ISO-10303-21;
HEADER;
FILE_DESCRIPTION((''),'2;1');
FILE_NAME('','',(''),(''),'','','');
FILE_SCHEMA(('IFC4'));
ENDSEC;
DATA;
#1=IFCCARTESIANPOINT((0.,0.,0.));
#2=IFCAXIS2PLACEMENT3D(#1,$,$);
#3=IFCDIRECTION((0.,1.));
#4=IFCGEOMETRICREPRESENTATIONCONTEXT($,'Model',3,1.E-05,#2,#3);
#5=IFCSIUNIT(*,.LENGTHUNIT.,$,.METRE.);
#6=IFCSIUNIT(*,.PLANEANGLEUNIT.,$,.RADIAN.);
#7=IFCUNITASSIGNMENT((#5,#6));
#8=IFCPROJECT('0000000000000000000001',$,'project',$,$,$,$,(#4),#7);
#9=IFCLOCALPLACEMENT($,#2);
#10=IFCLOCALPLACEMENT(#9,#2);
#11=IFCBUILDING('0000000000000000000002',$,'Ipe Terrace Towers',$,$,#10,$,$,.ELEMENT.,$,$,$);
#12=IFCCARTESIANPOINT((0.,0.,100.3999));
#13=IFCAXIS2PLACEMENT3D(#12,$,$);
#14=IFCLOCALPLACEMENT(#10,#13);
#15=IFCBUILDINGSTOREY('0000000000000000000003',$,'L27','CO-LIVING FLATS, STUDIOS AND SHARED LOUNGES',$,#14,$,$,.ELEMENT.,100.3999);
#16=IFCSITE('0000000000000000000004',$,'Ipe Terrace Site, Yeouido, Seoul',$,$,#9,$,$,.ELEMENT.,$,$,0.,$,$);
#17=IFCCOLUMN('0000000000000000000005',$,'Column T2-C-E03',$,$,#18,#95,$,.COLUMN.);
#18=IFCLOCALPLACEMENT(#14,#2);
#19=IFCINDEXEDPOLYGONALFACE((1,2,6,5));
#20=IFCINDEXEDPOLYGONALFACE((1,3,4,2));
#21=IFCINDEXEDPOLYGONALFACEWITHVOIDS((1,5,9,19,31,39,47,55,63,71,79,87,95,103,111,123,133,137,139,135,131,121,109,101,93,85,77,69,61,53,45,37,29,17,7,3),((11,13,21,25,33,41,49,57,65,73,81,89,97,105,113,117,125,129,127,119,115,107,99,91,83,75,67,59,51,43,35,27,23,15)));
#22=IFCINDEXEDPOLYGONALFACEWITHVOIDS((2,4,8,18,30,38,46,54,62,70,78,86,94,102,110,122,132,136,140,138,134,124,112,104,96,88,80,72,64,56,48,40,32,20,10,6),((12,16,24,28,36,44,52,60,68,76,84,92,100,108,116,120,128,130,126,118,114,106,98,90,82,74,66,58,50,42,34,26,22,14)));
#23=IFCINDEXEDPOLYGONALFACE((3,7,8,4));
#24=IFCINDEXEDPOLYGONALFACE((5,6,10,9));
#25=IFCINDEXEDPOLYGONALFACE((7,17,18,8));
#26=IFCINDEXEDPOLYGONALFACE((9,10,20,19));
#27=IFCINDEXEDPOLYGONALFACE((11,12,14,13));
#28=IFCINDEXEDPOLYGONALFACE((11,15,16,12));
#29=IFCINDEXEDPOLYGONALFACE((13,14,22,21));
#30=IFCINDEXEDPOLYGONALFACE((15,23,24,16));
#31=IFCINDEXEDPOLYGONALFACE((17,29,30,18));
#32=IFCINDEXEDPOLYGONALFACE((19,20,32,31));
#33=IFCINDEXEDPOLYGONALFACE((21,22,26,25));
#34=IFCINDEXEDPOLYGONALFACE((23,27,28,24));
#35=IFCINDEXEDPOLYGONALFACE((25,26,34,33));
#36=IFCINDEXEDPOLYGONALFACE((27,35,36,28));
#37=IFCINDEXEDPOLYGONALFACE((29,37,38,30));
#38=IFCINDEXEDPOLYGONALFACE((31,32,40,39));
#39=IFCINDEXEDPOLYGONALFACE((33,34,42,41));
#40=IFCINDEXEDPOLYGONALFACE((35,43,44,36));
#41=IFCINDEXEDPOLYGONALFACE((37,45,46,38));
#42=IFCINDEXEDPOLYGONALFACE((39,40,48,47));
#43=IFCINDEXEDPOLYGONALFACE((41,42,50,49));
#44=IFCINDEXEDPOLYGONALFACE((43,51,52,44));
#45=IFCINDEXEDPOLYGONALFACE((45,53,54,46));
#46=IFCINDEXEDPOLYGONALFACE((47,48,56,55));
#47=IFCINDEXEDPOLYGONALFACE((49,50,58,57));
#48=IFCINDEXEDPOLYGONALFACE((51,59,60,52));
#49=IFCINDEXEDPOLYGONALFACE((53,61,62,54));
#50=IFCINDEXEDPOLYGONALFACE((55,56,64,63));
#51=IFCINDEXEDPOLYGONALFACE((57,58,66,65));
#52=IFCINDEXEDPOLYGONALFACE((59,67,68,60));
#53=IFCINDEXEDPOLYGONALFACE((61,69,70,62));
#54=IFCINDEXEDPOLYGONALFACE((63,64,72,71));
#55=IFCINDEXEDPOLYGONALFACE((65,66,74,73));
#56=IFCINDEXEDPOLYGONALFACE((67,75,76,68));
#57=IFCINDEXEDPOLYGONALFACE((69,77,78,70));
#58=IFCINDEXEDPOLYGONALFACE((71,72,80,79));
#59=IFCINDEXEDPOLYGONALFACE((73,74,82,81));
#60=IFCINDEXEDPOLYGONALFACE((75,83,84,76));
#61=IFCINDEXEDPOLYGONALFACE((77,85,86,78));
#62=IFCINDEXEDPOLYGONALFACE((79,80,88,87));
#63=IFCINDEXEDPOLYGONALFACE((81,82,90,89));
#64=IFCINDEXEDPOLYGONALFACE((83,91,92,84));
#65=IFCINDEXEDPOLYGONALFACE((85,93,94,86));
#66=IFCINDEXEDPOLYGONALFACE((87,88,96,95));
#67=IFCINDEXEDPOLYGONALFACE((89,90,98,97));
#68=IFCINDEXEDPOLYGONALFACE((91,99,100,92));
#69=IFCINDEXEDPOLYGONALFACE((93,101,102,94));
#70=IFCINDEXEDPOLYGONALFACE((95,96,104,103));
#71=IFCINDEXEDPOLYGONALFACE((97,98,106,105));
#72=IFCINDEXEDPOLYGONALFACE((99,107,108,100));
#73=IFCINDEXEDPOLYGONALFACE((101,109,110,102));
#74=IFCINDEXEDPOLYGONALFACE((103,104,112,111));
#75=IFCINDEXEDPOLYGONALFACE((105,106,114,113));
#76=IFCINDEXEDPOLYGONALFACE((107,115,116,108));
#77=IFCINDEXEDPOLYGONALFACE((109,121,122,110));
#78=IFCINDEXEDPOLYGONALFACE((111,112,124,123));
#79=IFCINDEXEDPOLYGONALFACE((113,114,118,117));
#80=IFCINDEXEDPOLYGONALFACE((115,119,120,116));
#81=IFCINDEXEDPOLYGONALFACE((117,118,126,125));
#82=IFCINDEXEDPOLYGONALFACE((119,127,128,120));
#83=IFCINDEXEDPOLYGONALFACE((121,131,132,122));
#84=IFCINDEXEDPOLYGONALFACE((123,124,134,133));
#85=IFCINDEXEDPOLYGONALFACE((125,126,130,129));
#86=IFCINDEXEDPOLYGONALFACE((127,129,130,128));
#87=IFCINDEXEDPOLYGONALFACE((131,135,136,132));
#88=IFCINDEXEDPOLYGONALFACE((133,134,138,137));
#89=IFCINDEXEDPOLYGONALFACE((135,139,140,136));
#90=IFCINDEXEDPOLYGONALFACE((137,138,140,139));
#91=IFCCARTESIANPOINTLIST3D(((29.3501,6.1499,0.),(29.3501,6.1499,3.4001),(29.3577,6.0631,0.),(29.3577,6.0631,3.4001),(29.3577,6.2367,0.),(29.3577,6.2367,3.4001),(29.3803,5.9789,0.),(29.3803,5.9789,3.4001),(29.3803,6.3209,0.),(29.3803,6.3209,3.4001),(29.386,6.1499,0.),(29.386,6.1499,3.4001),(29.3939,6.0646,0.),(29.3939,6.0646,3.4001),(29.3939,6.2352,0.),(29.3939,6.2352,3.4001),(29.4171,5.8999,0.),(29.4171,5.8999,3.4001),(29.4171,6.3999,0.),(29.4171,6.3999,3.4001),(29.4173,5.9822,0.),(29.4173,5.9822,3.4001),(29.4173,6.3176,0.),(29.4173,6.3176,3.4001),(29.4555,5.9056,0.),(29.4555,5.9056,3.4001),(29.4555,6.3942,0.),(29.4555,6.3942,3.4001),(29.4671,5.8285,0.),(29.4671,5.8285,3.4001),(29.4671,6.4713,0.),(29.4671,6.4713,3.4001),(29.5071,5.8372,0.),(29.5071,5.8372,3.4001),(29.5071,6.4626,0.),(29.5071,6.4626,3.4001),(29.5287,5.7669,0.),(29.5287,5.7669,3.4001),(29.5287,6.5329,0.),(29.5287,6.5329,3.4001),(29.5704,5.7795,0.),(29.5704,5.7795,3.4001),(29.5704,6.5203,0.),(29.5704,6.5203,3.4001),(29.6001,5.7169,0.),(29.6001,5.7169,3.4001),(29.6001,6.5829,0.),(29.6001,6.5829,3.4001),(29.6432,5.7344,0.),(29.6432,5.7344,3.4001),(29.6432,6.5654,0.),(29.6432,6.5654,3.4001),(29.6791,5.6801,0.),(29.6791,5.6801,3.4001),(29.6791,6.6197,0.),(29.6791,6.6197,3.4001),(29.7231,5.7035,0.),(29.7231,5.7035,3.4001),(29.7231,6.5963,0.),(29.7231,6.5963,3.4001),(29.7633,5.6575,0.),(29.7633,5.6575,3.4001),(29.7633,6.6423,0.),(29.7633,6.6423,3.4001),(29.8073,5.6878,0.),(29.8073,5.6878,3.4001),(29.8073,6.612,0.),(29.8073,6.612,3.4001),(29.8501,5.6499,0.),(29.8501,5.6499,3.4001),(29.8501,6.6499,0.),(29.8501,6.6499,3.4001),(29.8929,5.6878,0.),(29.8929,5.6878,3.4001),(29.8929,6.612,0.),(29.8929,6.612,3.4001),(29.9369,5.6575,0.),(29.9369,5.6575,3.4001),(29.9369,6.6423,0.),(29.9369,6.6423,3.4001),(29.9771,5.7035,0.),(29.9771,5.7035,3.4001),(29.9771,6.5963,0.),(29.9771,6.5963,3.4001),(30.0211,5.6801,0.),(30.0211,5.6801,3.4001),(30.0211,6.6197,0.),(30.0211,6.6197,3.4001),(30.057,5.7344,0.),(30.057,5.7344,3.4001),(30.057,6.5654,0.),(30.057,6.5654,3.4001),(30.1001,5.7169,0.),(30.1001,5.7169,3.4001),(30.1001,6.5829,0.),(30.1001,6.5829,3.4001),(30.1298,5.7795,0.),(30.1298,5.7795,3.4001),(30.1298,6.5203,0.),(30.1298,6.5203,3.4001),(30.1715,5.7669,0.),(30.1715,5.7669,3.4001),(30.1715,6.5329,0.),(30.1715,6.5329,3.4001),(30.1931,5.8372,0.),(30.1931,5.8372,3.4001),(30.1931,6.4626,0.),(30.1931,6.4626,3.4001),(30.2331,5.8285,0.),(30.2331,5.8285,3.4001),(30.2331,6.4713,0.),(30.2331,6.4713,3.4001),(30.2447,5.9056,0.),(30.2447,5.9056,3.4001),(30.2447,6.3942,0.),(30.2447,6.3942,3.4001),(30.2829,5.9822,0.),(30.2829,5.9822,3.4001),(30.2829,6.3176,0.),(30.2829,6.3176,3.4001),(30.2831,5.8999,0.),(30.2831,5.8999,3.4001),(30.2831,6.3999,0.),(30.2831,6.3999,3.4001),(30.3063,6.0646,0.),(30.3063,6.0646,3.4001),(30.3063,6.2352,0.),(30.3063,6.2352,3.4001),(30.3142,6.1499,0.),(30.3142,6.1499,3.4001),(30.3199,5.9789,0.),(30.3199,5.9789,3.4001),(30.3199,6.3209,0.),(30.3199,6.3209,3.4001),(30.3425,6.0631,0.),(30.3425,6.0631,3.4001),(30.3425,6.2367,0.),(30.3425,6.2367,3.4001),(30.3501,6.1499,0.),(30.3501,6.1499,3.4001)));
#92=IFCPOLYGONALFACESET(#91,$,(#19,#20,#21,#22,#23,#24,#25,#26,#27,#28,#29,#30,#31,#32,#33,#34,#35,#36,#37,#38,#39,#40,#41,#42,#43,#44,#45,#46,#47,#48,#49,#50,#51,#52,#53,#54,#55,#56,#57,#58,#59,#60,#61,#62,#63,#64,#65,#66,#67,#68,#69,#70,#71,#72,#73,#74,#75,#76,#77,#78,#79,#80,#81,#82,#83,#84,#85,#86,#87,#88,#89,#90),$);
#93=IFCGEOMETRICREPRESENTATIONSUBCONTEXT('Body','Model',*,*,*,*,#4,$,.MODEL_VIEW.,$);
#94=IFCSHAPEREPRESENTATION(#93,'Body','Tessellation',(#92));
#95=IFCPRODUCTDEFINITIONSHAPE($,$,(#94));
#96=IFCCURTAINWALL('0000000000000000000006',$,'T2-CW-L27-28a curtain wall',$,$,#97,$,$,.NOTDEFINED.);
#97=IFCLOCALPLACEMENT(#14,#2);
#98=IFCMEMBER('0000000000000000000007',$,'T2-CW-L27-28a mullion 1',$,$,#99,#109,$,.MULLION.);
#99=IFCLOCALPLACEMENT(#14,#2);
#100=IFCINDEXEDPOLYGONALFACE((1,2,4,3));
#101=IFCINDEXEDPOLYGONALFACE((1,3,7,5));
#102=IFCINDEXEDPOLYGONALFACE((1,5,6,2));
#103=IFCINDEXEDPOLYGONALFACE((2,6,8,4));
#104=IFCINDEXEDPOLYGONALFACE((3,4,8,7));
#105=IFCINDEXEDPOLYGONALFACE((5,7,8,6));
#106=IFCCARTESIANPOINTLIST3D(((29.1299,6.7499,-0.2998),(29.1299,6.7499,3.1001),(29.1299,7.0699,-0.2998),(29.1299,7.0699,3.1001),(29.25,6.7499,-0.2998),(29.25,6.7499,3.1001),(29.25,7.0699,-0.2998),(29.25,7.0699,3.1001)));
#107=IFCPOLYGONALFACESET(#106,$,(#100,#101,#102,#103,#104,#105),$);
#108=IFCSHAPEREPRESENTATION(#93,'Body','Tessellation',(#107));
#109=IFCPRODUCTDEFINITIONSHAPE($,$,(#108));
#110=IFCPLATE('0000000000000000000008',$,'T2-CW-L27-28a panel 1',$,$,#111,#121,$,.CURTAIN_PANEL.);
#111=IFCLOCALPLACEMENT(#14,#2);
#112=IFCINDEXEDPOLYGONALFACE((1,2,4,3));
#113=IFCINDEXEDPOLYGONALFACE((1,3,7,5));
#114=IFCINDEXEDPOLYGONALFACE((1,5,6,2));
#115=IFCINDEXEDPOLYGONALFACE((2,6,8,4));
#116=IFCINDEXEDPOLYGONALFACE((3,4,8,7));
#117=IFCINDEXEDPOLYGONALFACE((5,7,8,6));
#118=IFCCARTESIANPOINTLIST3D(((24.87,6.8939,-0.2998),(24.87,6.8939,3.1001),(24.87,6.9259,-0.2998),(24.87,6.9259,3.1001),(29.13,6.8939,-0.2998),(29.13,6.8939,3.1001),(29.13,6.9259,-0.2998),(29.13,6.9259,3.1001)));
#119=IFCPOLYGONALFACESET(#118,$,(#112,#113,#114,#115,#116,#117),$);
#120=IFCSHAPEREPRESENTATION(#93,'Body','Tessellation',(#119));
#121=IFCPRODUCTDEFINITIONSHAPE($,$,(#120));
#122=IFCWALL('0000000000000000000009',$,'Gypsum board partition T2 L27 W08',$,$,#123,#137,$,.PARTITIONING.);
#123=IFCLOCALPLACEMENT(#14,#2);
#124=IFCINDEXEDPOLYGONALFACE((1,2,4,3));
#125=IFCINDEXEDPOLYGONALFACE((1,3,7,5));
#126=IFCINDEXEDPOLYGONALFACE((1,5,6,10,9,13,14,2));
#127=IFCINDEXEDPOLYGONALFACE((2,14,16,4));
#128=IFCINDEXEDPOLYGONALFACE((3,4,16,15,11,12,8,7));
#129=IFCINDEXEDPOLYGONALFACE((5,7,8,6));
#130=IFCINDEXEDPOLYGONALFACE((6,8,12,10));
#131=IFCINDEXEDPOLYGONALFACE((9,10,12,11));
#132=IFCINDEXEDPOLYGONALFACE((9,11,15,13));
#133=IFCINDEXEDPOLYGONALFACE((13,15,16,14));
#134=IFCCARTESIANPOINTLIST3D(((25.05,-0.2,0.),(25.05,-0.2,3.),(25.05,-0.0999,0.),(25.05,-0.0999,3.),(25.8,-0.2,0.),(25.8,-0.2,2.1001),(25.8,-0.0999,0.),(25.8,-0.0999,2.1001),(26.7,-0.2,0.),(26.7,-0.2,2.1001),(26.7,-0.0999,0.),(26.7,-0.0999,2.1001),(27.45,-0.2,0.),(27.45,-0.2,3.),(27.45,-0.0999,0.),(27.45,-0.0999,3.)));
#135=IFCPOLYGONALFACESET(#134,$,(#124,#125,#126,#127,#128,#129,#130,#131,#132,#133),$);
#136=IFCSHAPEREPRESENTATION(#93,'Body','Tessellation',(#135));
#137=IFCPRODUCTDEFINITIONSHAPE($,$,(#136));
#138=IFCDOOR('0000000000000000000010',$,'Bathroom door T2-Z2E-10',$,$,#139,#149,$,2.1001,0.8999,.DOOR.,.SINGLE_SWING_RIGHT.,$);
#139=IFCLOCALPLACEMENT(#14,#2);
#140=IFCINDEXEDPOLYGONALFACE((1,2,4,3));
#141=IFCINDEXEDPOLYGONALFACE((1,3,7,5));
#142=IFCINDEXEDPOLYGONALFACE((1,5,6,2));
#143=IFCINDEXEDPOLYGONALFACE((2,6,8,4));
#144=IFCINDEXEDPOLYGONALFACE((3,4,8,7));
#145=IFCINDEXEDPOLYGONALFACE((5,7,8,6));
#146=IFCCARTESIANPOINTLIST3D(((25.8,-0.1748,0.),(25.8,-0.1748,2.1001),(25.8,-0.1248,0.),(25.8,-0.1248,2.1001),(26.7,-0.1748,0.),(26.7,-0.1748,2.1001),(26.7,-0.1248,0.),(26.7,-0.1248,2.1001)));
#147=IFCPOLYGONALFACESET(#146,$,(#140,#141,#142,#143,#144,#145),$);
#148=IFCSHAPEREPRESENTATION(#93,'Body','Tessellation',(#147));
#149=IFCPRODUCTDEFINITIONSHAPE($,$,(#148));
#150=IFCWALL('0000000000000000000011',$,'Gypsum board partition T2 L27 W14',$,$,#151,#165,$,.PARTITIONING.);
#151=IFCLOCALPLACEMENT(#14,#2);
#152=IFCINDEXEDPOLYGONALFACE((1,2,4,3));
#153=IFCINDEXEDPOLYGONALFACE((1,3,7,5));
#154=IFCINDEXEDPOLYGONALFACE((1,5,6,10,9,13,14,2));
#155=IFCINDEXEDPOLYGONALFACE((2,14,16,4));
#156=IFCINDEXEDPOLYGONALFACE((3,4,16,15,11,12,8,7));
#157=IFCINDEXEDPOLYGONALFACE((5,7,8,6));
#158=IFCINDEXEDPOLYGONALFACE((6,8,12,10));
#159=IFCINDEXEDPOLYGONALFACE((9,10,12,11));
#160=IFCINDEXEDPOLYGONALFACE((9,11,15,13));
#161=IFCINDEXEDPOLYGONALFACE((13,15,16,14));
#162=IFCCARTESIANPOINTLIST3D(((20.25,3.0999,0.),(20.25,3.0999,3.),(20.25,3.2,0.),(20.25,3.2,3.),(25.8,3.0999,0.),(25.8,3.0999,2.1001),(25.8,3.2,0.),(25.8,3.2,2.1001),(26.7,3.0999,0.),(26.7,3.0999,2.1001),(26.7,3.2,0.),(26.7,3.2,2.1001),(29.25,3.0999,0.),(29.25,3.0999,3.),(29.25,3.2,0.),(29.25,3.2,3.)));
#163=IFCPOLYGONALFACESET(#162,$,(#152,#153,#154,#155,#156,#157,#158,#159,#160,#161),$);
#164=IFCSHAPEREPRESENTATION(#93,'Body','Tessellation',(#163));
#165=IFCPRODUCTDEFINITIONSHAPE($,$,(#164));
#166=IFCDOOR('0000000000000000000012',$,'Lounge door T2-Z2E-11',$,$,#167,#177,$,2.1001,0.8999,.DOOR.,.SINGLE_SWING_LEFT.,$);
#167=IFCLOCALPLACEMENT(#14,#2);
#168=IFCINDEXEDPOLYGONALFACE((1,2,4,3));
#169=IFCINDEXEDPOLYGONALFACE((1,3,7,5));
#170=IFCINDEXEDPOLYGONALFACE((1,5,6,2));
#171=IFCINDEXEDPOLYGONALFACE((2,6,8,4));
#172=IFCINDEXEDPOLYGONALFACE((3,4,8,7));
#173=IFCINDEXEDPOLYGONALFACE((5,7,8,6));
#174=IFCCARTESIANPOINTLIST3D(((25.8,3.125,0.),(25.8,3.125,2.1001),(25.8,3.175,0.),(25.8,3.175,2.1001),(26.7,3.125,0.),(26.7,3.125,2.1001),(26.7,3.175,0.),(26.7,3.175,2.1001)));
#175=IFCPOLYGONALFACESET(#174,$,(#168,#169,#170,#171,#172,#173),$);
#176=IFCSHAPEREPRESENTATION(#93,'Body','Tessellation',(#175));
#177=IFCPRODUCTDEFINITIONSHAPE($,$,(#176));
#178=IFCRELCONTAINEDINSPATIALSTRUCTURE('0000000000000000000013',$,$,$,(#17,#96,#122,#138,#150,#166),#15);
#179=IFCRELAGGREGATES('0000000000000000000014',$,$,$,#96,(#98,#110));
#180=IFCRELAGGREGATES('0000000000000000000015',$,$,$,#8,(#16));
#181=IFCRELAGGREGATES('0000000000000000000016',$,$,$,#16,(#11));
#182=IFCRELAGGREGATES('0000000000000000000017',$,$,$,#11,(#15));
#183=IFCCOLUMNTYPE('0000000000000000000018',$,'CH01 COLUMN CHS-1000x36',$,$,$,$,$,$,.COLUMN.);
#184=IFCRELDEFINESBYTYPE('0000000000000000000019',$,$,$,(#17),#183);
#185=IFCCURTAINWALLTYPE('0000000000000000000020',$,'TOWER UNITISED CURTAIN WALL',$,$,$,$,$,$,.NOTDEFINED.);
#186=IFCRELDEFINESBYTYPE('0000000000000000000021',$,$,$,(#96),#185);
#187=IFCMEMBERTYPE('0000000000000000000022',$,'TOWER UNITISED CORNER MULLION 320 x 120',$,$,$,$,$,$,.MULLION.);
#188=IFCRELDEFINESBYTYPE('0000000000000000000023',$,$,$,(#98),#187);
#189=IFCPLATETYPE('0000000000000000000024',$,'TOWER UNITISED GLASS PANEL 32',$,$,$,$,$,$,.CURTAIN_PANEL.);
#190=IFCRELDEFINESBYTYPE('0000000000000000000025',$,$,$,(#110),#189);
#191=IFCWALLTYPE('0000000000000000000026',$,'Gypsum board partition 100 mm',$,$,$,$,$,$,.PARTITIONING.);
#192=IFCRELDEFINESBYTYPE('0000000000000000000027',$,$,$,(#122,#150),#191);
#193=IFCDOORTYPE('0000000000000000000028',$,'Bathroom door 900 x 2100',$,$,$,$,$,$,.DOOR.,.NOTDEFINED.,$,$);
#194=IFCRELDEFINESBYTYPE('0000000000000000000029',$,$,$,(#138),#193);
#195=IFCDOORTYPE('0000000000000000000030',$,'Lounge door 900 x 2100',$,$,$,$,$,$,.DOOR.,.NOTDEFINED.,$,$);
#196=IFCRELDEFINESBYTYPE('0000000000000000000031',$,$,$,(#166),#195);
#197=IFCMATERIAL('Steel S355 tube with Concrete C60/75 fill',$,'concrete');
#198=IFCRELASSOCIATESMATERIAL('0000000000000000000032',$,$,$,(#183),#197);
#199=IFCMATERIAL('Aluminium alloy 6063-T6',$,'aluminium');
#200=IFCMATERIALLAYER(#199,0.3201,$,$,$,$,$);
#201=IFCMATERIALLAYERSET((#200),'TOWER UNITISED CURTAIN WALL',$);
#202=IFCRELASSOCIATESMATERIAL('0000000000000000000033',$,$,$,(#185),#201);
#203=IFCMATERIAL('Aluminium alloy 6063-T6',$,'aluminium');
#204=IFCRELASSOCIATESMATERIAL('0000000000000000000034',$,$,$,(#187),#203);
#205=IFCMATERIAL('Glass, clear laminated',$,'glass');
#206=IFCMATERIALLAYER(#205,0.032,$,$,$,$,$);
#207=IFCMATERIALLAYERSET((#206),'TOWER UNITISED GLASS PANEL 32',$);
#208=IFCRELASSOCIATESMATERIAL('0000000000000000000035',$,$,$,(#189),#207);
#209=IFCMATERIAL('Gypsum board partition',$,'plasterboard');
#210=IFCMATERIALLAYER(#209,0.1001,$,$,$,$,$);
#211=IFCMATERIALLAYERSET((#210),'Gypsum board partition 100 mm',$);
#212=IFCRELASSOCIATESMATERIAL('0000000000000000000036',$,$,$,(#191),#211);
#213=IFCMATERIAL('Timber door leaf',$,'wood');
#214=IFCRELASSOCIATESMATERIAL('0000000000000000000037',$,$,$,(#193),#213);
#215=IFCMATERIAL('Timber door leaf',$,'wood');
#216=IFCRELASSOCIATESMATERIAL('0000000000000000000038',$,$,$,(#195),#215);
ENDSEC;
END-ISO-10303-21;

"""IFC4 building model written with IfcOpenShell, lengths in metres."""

from ifc_helpers import new_model, si_unit, direction, frame, frame_2d, origin, origin_2d, place, context, subcontext, project, spatial, rectangle, hollow_circle, extrude, material, layer, layer_set, material_profile, profile_set, type_object, element, fill, aggregate, save


model = new_model("IFC4")

# Units and contexts
model_context = context("Model", 3, precision=1e-05, world=origin(), true_north=direction((0.0, 1.0)))
body_context = subcontext(model_context, "Body", "Model", "MODEL_VIEW")
ifc_project = project(units=[si_unit("LENGTHUNIT", "METRE"), si_unit("PLANEANGLEUNIT", "RADIAN")], contexts=[model_context])

# Site, building, storey
site_placement = place(None, origin())
site = spatial("IfcSite", under=ifc_project, at=site_placement, Name="Ipe Terrace Site, Yeouido, Seoul", CompositionType="ELEMENT", RefElevation=0.0)
building_placement = place(site_placement, origin())
building = spatial("IfcBuilding", under=site, at=building_placement, Name="Ipe Terrace Towers", CompositionType="ELEMENT")
storey_placement = place(building_placement, frame((0.0, 0.0, 100.3999)))
storey = spatial("IfcBuildingStorey", under=building, at=storey_placement, Name="L27", Description="CO-LIVING FLATS, STUDIOS AND SHARED LOUNGES", CompositionType="ELEMENT", Elevation=100.3999)

# Column
ifc_material_1 = material(Name="Steel S355 tube with Concrete C60/75 fill", Category="concrete")
ifc_material_profile_1 = material_profile(ifc_material_1, hollow_circle(Radius=0.5, WallThickness=0.0359, at=origin_2d()), Name="CHS-1000x36")
ifc_profile_set_1 = profile_set([ifc_material_profile_1], Name="Steel S355 tube with Concrete C60/75 fill")
column_type = type_object("IfcColumnType", Name="CH01 COLUMN CHS-1000x36", PredefinedType="COLUMN", material=ifc_profile_set_1)
column_placement = place(storey_placement, frame((29.8501, 6.1499, 0.0), z_axis=(0.0, 0.0, 1.0), x_axis=(1.0, 0.0, 0.0)))
element("IfcColumn", 1, at=column_placement, inside=storey, type_object=column_type, Name="Column T2-C-E03", PredefinedType="COLUMN", context=body_context, shape_type="SweptSolid", body=[
    extrude(hollow_circle(Radius=0.5, WallThickness=0.0359, at=origin_2d()), origin(), (0.0, 0.0, 1.0), 3.4001),
])

# Curtain wall, member, plate
ifc_material_2 = material(Name="Aluminium alloy 6063-T6", Category="aluminium")
ifc_layer_1 = layer(ifc_material_2, 0.3201)
ifc_layer_set_1 = layer_set([ifc_layer_1], Name="TOWER UNITISED CURTAIN WALL")
curtain_wall_type = type_object("IfcCurtainWallType", Name="TOWER UNITISED CURTAIN WALL", PredefinedType="NOTDEFINED", material=ifc_layer_set_1)
curtain_wall_placement = place(storey_placement, origin())
curtain_wall = element("IfcCurtainWall", 2, at=curtain_wall_placement, inside=storey, type_object=curtain_wall_type, Name="T2-CW-L27-28a curtain wall", PredefinedType="NOTDEFINED")
ifc_material_3 = material(Name="Aluminium alloy 6063-T6", Category="aluminium")
ifc_material_profile_2 = material_profile(ifc_material_3, rectangle(XDim=0.3201, YDim=0.1201, at=origin_2d()), Name="TOWER UNITISED CORNER MULLION 320 x 120")
ifc_profile_set_2 = profile_set([ifc_material_profile_2], Name="Aluminium alloy 6063-T6")
member_type = type_object("IfcMemberType", Name="TOWER UNITISED CORNER MULLION 320 x 120", PredefinedType="MULLION", material=ifc_profile_set_2)
member_placement = place(storey_placement, frame((29.1899, 6.9099, -0.2998), z_axis=(0.0, 0.0, 1.0), x_axis=(0.0, 1.0, 0.0)))
member = element("IfcMember", 3, at=member_placement, type_object=member_type, Name="T2-CW-L27-28a mullion 1", PredefinedType="MULLION", context=body_context, shape_type="SweptSolid", body=[
    extrude(rectangle(XDim=0.3201, YDim=0.1201, at=origin_2d()), origin(), (0.0, 0.0, 1.0), 3.3999),
])
ifc_material_4 = material(Name="Glass, clear laminated", Category="glass")
ifc_layer_2 = layer(ifc_material_4, 0.032)
ifc_layer_set_2 = layer_set([ifc_layer_2], Name="TOWER UNITISED GLASS PANEL 32")
plate_type = type_object("IfcPlateType", Name="TOWER UNITISED GLASS PANEL 32", PredefinedType="CURTAIN_PANEL", material=ifc_layer_set_2)
plate_placement = place(storey_placement, frame((27.0, 6.9099, -0.2998), z_axis=(0.0, 0.0, 1.0), x_axis=(-1.0, 0.0, 0.0)))
plate = element("IfcPlate", 4, at=plate_placement, type_object=plate_type, Name="T2-CW-L27-28a panel 1", PredefinedType="CURTAIN_PANEL", context=body_context, shape_type="SweptSolid", body=[
    extrude(rectangle(XDim=4.26, YDim=0.032, at=origin_2d()), origin(), (0.0, 0.0, 1.0), 3.3999),
])
aggregate(curtain_wall, [member, plate])

# Walls, openings, doors
ifc_material_5 = material(Name="Gypsum board partition", Category="plasterboard")
ifc_layer_3 = layer(ifc_material_5, 0.1001)
ifc_layer_set_3 = layer_set([ifc_layer_3], Name="Gypsum board partition 100 mm")
wall_type_1 = type_object("IfcWallType", Name="Gypsum board partition 100 mm", PredefinedType="PARTITIONING", material=ifc_layer_set_3)
wall_1_placement = place(storey_placement, frame((27.45, -0.1499, 0.0), z_axis=(0.0, 0.0, 1.0), x_axis=(-1.0, 0.0, 0.0)))
wall_1 = element("IfcWall", 5, at=wall_1_placement, inside=storey, type_object=wall_type_1, Name="Gypsum board partition T2 L27 W08", PredefinedType="PARTITIONING", context=body_context, shape_type="SweptSolid", body=[
    extrude(rectangle(XDim=2.3999, YDim=0.1001, at=frame_2d((1.2, 0.0))), origin(), (0.0, 0.0, 1.0), 3.0),
])
opening_1_placement = place(wall_1_placement, frame((0.75, 0.0, 0.0)))
opening_1 = element("IfcOpeningElement", 6, at=opening_1_placement, cuts=wall_1, PredefinedType="OPENING", context=body_context, shape_type="SweptSolid", body=[
    extrude(rectangle(XDim=0.8999, YDim=2.1001, at=frame_2d((0.45, 1.05))), frame((0.0, 0.0601, 0.0), z_axis=(0.0, -1.0, 0.0), x_axis=(1.0, 0.0, 0.0)), (0.0, 0.0, 1.0), 0.1201),
])
ifc_material_6 = material(Name="Timber door leaf", Category="wood")
door_type_1 = type_object("IfcDoorType", Name="Bathroom door 900 x 2100", OperationType="NOTDEFINED", PredefinedType="DOOR", material=ifc_material_6)
door_1_placement = place(opening_1_placement, origin())
door_1 = element("IfcDoor", 7, at=door_1_placement, inside=storey, type_object=door_type_1, Name="Bathroom door T2-Z2E-10", OperationType="SINGLE_SWING_RIGHT", OverallHeight=2.1001, OverallWidth=0.8999, PredefinedType="DOOR", context=body_context, shape_type="SweptSolid", body=[
    extrude(rectangle(XDim=0.8999, YDim=2.1001, at=frame_2d((0.45, 1.05))), frame((0.0, 0.0249, 0.0), z_axis=(0.0, -1.0, 0.0), x_axis=(1.0, 0.0, 0.0)), (0.0, 0.0, 1.0), 0.05),
])
fill(opening_1, door_1)
wall_2_placement = place(storey_placement, frame((29.25, 3.1499, 0.0), z_axis=(0.0, 0.0, 1.0), x_axis=(-1.0, 0.0, 0.0)))
wall_2 = element("IfcWall", 8, at=wall_2_placement, inside=storey, type_object=wall_type_1, Name="Gypsum board partition T2 L27 W14", PredefinedType="PARTITIONING", context=body_context, shape_type="SweptSolid", body=[
    extrude(rectangle(XDim=9.0, YDim=0.1001, at=frame_2d((4.5, 0.0))), origin(), (0.0, 0.0, 1.0), 3.0),
])
opening_2_placement = place(wall_2_placement, frame((2.55, 0.0, 0.0)))
opening_2 = element("IfcOpeningElement", 9, at=opening_2_placement, cuts=wall_2, PredefinedType="OPENING", context=body_context, shape_type="SweptSolid", body=[
    extrude(rectangle(XDim=0.8999, YDim=2.1001, at=frame_2d((0.45, 1.05))), frame((0.0, 0.0601, 0.0), z_axis=(0.0, -1.0, 0.0), x_axis=(1.0, 0.0, 0.0)), (0.0, 0.0, 1.0), 0.1201),
])
ifc_material_7 = material(Name="Timber door leaf", Category="wood")
door_type_2 = type_object("IfcDoorType", Name="Lounge door 900 x 2100", OperationType="NOTDEFINED", PredefinedType="DOOR", material=ifc_material_7)
door_2_placement = place(opening_2_placement, origin())
door_2 = element("IfcDoor", 10, at=door_2_placement, inside=storey, type_object=door_type_2, Name="Lounge door T2-Z2E-11", OperationType="SINGLE_SWING_LEFT", OverallHeight=2.1001, OverallWidth=0.8999, PredefinedType="DOOR", context=body_context, shape_type="SweptSolid", body=[
    extrude(rectangle(XDim=0.8999, YDim=2.1001, at=frame_2d((0.45, 1.05))), frame((0.0, 0.0249, 0.0), z_axis=(0.0, -1.0, 0.0), x_axis=(1.0, 0.0, 0.0)), (0.0, 0.0, 1.0), 0.05),
])
fill(opening_2, door_2)

save(model, "model.ifc")
